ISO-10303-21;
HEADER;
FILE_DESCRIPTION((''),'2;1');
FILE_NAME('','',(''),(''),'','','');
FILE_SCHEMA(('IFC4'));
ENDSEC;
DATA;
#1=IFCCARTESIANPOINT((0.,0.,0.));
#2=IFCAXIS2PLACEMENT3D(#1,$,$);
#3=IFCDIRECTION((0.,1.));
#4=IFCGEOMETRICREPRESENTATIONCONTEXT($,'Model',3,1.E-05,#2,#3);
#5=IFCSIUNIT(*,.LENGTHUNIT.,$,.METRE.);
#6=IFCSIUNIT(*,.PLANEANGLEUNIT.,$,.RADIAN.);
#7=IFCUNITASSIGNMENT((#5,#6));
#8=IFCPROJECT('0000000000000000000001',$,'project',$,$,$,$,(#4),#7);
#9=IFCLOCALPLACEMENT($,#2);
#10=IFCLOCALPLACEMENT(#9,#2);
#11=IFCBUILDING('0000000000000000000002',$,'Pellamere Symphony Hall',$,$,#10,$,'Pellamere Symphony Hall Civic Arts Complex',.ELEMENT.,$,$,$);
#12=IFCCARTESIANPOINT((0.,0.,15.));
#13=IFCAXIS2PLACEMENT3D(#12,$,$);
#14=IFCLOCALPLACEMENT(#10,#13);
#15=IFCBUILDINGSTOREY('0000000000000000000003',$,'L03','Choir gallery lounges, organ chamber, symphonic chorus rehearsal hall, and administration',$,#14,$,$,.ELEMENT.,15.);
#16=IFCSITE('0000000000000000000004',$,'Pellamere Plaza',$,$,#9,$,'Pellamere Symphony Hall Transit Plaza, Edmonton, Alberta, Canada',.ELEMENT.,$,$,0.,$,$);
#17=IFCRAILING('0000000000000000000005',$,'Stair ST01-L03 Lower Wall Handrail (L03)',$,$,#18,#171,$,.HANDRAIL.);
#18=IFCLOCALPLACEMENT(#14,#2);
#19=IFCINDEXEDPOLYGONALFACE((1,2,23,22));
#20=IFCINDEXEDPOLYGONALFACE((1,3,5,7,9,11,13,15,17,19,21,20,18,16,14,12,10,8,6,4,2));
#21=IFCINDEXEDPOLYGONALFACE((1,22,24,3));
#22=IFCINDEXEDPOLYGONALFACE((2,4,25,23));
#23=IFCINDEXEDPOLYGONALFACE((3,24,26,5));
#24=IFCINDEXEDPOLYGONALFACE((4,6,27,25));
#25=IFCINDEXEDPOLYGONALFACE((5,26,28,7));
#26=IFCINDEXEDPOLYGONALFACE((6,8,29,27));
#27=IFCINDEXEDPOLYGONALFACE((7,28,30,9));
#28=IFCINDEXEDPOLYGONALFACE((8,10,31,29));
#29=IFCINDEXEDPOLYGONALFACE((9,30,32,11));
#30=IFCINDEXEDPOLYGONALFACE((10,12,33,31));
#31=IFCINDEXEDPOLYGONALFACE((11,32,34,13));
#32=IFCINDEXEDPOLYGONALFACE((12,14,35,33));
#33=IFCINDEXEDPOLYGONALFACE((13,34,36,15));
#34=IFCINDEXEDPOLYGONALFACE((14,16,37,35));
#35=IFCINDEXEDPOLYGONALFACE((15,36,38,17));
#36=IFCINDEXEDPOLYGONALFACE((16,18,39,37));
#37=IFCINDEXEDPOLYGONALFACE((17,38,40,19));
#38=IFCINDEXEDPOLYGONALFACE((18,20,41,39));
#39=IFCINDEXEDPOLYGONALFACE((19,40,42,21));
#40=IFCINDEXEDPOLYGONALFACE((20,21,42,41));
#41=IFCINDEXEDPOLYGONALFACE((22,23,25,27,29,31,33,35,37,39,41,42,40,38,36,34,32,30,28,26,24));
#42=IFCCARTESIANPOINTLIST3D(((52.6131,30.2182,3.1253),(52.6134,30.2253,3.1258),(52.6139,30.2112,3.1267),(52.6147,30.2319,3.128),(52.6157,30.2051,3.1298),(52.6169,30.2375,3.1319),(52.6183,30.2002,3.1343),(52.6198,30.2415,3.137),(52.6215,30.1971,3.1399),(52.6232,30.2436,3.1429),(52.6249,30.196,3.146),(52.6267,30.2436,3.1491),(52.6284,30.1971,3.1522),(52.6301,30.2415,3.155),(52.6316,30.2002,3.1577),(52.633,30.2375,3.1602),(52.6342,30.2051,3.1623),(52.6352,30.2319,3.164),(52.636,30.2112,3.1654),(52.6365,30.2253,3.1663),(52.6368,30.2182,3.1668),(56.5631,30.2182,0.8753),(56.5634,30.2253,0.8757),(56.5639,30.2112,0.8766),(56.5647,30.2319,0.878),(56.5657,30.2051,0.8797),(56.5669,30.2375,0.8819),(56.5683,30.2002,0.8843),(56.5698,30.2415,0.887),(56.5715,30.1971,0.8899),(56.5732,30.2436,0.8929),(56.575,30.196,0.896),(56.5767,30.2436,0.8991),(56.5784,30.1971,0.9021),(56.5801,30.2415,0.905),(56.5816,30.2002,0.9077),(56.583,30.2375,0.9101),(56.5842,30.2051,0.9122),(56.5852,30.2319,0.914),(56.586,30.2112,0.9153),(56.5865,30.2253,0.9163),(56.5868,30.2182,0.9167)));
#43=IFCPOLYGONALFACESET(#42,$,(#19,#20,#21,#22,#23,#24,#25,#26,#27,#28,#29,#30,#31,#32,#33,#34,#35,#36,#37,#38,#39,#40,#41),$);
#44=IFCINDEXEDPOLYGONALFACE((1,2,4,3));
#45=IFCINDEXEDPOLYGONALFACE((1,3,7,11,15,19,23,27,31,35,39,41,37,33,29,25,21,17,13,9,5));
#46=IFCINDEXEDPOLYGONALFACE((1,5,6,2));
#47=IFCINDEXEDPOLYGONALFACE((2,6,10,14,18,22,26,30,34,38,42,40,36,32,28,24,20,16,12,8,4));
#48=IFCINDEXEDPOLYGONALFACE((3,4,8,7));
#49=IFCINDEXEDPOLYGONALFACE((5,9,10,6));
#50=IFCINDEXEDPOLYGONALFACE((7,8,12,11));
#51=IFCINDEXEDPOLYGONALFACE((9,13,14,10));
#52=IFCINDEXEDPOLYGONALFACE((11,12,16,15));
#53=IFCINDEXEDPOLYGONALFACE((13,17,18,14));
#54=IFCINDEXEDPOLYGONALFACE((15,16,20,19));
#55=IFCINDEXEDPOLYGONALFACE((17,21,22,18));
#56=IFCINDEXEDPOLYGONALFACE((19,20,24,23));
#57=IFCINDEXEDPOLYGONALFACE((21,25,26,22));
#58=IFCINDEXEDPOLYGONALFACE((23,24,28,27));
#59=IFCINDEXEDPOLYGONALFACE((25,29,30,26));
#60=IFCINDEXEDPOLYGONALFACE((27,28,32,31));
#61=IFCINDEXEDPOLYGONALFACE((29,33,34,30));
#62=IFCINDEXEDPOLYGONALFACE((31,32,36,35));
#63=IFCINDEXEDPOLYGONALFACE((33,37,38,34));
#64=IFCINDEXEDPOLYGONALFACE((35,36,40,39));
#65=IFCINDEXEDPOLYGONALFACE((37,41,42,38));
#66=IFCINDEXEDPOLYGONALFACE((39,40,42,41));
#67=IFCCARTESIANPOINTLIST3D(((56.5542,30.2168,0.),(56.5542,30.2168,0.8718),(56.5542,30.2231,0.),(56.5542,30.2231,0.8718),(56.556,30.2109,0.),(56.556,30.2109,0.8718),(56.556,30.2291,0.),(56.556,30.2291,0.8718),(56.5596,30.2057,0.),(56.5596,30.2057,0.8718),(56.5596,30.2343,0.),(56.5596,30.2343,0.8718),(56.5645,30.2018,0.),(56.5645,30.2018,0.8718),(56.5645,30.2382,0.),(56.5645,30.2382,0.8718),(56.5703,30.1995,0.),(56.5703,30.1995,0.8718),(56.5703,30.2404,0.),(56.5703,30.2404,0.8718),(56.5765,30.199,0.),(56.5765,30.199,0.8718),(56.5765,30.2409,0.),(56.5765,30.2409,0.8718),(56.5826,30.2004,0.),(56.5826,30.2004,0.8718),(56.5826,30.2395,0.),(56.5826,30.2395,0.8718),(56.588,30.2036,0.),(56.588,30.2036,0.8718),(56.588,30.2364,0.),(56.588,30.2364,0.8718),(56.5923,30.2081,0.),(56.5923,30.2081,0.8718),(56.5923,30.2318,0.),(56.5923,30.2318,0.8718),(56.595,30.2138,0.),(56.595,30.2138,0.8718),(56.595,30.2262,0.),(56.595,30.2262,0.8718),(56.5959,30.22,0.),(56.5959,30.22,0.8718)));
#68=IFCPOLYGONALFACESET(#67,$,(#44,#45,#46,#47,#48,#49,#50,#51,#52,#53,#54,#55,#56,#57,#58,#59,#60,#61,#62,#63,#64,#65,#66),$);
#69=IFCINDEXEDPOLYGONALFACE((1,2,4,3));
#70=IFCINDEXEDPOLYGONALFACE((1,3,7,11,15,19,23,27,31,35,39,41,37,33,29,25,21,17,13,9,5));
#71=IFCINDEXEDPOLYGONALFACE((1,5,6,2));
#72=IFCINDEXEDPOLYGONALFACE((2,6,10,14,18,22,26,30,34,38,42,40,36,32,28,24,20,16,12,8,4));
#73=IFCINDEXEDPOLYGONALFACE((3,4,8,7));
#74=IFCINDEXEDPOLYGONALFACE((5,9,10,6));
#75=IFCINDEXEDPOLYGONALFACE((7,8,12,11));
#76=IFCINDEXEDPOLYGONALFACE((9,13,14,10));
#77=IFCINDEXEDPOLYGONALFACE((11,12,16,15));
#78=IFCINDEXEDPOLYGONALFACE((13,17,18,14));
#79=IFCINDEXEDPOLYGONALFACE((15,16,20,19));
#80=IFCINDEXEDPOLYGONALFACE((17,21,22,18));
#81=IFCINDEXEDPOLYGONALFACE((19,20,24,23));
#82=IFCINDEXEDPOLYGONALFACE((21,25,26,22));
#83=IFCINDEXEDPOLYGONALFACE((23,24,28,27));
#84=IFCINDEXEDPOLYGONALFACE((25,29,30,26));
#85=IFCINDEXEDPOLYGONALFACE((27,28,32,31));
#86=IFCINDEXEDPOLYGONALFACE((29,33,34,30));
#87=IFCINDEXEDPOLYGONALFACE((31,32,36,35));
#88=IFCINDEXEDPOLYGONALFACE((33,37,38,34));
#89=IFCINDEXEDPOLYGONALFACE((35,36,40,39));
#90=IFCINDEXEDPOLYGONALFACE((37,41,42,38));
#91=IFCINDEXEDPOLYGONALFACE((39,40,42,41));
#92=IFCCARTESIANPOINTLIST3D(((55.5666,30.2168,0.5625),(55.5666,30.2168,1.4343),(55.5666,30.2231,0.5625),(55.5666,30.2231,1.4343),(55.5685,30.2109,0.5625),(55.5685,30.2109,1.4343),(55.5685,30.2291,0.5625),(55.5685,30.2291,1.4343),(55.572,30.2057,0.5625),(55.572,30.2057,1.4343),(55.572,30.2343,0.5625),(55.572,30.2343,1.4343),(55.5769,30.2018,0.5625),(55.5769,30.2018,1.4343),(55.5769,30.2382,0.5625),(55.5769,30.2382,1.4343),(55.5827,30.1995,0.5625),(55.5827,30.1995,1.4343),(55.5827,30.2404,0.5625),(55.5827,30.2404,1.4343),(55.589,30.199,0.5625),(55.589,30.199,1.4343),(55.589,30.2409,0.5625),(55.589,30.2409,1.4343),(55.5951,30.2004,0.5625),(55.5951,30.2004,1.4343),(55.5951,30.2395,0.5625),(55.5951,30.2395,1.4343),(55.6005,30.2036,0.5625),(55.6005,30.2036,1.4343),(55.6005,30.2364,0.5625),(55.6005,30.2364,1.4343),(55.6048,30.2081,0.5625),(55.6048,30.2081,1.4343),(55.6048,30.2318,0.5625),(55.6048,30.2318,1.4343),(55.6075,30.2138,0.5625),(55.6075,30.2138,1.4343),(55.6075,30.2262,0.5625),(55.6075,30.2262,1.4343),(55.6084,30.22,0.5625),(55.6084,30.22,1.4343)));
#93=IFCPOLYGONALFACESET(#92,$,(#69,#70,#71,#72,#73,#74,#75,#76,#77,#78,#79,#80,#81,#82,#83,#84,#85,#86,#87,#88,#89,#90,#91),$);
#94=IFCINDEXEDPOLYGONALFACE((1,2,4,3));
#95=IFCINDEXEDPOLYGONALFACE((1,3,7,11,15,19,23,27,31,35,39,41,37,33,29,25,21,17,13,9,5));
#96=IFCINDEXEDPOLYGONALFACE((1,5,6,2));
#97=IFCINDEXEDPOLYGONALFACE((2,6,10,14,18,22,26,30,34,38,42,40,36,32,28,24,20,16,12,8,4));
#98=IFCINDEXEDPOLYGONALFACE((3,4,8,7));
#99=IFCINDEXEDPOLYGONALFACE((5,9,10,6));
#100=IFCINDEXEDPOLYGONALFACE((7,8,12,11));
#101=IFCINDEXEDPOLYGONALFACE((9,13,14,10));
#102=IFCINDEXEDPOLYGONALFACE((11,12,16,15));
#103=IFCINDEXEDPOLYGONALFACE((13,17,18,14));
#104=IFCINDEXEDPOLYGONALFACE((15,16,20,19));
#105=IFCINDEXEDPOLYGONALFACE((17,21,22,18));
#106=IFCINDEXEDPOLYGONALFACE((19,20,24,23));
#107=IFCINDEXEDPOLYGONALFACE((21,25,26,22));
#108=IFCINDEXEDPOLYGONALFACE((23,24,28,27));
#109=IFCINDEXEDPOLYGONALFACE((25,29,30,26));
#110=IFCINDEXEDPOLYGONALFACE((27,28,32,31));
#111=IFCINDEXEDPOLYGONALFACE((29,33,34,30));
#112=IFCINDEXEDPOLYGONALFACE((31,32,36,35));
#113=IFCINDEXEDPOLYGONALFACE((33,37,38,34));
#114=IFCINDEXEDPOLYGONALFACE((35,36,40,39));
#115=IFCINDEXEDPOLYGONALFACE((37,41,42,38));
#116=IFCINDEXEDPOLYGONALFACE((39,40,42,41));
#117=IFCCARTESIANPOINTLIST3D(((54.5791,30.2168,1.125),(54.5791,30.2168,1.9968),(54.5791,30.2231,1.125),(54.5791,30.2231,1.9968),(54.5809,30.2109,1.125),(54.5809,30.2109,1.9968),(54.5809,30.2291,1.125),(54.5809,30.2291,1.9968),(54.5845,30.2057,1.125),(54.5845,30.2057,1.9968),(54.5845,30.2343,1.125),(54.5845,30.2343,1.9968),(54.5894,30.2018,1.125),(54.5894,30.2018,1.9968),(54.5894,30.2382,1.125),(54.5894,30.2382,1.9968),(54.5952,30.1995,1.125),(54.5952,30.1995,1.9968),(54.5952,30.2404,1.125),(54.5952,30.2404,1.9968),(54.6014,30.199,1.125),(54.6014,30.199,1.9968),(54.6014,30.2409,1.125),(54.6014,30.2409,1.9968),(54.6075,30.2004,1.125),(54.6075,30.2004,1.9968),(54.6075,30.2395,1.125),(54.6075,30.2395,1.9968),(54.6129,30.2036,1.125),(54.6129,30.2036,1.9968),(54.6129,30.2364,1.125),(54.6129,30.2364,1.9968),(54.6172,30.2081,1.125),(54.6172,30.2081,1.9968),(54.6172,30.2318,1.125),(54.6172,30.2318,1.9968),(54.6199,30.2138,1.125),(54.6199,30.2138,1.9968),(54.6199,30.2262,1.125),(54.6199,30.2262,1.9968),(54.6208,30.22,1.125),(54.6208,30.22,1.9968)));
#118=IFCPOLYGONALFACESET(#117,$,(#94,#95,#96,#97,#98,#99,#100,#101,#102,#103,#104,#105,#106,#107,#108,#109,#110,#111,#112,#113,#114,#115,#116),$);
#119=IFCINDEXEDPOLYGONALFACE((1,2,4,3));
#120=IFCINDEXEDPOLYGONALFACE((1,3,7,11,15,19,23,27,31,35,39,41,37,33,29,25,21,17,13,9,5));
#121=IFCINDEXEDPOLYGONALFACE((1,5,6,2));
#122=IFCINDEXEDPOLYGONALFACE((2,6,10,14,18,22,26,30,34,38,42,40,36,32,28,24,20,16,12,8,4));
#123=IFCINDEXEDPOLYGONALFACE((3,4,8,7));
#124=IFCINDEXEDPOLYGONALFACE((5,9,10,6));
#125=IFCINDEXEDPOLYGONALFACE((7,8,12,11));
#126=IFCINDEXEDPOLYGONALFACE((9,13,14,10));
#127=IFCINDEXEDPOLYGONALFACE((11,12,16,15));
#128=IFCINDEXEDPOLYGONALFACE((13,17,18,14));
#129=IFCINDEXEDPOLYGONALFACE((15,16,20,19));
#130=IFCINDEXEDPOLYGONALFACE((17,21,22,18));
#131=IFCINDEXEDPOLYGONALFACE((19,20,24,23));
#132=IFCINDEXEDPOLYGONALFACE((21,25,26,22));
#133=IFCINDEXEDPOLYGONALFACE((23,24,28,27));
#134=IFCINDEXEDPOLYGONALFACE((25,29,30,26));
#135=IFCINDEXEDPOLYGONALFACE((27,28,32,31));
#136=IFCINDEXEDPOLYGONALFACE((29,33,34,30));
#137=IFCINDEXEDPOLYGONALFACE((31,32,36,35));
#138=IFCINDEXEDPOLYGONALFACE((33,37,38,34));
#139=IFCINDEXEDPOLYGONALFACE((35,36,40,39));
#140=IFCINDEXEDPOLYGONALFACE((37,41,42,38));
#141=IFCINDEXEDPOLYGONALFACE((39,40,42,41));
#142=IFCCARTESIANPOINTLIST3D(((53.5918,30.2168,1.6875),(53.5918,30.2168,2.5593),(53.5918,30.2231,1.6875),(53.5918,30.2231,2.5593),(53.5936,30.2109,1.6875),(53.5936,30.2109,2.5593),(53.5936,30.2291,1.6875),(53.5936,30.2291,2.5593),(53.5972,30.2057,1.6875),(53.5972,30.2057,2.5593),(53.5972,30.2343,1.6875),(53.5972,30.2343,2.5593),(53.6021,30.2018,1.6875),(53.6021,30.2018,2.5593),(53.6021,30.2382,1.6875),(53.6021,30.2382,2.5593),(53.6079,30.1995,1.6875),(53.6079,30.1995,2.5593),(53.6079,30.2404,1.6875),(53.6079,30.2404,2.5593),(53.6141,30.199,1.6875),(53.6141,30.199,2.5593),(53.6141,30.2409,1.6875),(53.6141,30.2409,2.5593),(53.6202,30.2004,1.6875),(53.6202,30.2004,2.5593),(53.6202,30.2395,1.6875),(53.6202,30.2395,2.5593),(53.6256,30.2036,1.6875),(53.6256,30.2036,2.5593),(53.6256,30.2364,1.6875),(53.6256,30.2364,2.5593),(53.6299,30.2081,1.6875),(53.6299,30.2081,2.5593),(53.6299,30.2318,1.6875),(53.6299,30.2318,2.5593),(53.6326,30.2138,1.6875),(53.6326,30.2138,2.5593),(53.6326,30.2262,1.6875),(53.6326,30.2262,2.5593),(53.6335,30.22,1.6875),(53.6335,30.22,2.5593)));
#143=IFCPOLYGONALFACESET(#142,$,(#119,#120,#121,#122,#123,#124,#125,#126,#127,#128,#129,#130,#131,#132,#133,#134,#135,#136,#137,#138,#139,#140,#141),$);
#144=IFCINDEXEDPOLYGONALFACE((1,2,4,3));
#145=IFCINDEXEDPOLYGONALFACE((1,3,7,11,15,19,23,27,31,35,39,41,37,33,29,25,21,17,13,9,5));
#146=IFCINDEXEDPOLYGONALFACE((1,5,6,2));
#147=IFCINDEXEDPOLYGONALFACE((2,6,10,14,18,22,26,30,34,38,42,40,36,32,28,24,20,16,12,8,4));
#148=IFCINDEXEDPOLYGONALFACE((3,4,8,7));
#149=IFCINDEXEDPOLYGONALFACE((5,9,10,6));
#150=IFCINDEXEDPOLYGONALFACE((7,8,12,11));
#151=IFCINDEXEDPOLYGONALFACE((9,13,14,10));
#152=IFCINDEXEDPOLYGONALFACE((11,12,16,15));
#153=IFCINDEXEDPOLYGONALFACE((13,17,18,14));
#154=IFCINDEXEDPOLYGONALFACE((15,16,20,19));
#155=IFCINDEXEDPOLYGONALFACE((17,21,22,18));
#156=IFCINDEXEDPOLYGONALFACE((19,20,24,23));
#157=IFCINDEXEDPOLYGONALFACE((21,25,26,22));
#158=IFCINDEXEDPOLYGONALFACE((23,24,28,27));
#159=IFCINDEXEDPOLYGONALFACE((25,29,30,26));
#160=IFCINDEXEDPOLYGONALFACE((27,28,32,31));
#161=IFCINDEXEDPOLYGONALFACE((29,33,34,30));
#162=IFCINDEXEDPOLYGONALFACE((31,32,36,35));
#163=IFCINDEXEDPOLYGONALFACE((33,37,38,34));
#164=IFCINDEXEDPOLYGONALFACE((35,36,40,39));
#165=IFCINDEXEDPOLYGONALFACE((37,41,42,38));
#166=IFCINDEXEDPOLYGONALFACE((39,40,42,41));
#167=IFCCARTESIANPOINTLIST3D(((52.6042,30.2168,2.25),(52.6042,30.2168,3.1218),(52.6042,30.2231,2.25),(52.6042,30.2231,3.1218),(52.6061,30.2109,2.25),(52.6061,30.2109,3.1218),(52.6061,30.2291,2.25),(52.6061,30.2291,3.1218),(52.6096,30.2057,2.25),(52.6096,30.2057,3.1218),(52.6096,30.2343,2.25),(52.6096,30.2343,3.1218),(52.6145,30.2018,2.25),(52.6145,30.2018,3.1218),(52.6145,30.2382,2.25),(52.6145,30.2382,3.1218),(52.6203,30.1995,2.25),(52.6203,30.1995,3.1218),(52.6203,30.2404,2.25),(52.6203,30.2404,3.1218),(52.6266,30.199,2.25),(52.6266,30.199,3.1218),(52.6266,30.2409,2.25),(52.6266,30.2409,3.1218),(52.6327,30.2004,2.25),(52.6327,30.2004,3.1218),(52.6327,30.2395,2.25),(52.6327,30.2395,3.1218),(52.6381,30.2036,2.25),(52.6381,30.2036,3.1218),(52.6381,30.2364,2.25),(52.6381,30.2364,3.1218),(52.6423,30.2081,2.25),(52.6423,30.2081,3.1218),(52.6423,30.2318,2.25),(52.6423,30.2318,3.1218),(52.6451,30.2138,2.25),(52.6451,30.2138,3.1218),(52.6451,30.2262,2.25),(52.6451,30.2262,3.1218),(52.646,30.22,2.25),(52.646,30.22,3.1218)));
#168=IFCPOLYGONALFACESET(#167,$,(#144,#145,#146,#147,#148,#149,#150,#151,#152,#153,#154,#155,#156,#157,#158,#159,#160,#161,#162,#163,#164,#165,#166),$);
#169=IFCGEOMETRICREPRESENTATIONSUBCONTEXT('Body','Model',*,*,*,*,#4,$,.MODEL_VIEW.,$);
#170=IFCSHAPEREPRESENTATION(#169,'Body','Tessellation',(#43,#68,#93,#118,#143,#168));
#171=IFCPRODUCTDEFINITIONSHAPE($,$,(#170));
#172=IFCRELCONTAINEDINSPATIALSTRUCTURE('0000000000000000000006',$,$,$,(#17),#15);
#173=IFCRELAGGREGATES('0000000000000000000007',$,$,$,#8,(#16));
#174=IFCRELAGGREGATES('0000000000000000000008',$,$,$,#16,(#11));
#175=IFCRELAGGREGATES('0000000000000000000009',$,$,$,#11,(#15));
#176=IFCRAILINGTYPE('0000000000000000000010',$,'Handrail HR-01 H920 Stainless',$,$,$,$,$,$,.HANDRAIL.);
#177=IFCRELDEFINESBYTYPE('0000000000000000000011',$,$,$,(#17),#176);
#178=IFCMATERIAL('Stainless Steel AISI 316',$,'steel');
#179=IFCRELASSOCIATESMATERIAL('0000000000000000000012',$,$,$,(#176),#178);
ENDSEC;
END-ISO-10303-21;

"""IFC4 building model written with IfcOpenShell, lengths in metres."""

from ifc_helpers import new_model, si_unit, direction, frame, origin, origin_2d, place, context, subcontext, project, spatial, circle, extrude, material, type_object, element, save


model = new_model("IFC4")

# Units and contexts
model_context = context("Model", 3, precision=1e-05, world=origin(), true_north=direction((0.0, 1.0)))
body_context = subcontext(model_context, "Body", "Model", "MODEL_VIEW")
ifc_project = project(units=[si_unit("LENGTHUNIT", "METRE"), si_unit("PLANEANGLEUNIT", "RADIAN")], contexts=[model_context])

# Site, building, storey
site_placement = place(None, origin())
site = spatial("IfcSite", under=ifc_project, at=site_placement, Name="Pellamere Plaza", LongName="Pellamere Symphony Hall Transit Plaza, Edmonton, Alberta, Canada", CompositionType="ELEMENT", RefElevation=0.0)
building_placement = place(site_placement, origin())
building = spatial("IfcBuilding", under=site, at=building_placement, Name="Pellamere Symphony Hall", LongName="Pellamere Symphony Hall Civic Arts Complex", CompositionType="ELEMENT")
storey_placement = place(building_placement, frame((0.0, 0.0, 15.0)))
storey = spatial("IfcBuildingStorey", under=building, at=storey_placement, Name="L03", Description="Choir gallery lounges, organ chamber, symphonic chorus rehearsal hall, and administration", CompositionType="ELEMENT", Elevation=15.0)

# Railing
ifc_material_1 = material(Name="Stainless Steel AISI 316", Category="steel")
railing_type_1 = type_object("IfcRailingType", Name="Handrail HR-01 H920 Stainless", PredefinedType="HANDRAIL", material=ifc_material_1)
railing_1_placement = place(storey_placement, frame((56.575, 30.22, 0.0)))
element("IfcRailing", 1, at=railing_1_placement, inside=storey, type_object=railing_type_1, Name="Stair ST01-L03 Lower Wall Handrail (L03)", PredefinedType="HANDRAIL", context=body_context, shape_type="SweptSolid", body=[
    extrude(circle(Radius=0.0239, at=origin_2d()), frame((0.0, 0.0, 0.896), z_axis=(-0.868917, 0.0, 0.494959), x_axis=(0.0, -1.0, 0.0)), (0.0, 0.0, 1.0), 4.5459),
    extrude(circle(Radius=0.021, at=origin_2d()), origin(), (0.0, 0.0, 1.0), 0.8718),
    extrude(circle(Radius=0.021, at=origin_2d()), frame((-0.9875, 0.0, 0.5625)), (0.0, 0.0, 1.0), 0.8718),
    extrude(circle(Radius=0.021, at=origin_2d()), frame((-1.9751, 0.0, 1.125)), (0.0, 0.0, 1.0), 0.8718),
    extrude(circle(Radius=0.021, at=origin_2d()), frame((-2.9624, 0.0, 1.6875)), (0.0, 0.0, 1.0), 0.8718),
    extrude(circle(Radius=0.021, at=origin_2d()), frame((-3.95, 0.0, 2.25)), (0.0, 0.0, 1.0), 0.8718),
])

save(model, "model.ifc")
